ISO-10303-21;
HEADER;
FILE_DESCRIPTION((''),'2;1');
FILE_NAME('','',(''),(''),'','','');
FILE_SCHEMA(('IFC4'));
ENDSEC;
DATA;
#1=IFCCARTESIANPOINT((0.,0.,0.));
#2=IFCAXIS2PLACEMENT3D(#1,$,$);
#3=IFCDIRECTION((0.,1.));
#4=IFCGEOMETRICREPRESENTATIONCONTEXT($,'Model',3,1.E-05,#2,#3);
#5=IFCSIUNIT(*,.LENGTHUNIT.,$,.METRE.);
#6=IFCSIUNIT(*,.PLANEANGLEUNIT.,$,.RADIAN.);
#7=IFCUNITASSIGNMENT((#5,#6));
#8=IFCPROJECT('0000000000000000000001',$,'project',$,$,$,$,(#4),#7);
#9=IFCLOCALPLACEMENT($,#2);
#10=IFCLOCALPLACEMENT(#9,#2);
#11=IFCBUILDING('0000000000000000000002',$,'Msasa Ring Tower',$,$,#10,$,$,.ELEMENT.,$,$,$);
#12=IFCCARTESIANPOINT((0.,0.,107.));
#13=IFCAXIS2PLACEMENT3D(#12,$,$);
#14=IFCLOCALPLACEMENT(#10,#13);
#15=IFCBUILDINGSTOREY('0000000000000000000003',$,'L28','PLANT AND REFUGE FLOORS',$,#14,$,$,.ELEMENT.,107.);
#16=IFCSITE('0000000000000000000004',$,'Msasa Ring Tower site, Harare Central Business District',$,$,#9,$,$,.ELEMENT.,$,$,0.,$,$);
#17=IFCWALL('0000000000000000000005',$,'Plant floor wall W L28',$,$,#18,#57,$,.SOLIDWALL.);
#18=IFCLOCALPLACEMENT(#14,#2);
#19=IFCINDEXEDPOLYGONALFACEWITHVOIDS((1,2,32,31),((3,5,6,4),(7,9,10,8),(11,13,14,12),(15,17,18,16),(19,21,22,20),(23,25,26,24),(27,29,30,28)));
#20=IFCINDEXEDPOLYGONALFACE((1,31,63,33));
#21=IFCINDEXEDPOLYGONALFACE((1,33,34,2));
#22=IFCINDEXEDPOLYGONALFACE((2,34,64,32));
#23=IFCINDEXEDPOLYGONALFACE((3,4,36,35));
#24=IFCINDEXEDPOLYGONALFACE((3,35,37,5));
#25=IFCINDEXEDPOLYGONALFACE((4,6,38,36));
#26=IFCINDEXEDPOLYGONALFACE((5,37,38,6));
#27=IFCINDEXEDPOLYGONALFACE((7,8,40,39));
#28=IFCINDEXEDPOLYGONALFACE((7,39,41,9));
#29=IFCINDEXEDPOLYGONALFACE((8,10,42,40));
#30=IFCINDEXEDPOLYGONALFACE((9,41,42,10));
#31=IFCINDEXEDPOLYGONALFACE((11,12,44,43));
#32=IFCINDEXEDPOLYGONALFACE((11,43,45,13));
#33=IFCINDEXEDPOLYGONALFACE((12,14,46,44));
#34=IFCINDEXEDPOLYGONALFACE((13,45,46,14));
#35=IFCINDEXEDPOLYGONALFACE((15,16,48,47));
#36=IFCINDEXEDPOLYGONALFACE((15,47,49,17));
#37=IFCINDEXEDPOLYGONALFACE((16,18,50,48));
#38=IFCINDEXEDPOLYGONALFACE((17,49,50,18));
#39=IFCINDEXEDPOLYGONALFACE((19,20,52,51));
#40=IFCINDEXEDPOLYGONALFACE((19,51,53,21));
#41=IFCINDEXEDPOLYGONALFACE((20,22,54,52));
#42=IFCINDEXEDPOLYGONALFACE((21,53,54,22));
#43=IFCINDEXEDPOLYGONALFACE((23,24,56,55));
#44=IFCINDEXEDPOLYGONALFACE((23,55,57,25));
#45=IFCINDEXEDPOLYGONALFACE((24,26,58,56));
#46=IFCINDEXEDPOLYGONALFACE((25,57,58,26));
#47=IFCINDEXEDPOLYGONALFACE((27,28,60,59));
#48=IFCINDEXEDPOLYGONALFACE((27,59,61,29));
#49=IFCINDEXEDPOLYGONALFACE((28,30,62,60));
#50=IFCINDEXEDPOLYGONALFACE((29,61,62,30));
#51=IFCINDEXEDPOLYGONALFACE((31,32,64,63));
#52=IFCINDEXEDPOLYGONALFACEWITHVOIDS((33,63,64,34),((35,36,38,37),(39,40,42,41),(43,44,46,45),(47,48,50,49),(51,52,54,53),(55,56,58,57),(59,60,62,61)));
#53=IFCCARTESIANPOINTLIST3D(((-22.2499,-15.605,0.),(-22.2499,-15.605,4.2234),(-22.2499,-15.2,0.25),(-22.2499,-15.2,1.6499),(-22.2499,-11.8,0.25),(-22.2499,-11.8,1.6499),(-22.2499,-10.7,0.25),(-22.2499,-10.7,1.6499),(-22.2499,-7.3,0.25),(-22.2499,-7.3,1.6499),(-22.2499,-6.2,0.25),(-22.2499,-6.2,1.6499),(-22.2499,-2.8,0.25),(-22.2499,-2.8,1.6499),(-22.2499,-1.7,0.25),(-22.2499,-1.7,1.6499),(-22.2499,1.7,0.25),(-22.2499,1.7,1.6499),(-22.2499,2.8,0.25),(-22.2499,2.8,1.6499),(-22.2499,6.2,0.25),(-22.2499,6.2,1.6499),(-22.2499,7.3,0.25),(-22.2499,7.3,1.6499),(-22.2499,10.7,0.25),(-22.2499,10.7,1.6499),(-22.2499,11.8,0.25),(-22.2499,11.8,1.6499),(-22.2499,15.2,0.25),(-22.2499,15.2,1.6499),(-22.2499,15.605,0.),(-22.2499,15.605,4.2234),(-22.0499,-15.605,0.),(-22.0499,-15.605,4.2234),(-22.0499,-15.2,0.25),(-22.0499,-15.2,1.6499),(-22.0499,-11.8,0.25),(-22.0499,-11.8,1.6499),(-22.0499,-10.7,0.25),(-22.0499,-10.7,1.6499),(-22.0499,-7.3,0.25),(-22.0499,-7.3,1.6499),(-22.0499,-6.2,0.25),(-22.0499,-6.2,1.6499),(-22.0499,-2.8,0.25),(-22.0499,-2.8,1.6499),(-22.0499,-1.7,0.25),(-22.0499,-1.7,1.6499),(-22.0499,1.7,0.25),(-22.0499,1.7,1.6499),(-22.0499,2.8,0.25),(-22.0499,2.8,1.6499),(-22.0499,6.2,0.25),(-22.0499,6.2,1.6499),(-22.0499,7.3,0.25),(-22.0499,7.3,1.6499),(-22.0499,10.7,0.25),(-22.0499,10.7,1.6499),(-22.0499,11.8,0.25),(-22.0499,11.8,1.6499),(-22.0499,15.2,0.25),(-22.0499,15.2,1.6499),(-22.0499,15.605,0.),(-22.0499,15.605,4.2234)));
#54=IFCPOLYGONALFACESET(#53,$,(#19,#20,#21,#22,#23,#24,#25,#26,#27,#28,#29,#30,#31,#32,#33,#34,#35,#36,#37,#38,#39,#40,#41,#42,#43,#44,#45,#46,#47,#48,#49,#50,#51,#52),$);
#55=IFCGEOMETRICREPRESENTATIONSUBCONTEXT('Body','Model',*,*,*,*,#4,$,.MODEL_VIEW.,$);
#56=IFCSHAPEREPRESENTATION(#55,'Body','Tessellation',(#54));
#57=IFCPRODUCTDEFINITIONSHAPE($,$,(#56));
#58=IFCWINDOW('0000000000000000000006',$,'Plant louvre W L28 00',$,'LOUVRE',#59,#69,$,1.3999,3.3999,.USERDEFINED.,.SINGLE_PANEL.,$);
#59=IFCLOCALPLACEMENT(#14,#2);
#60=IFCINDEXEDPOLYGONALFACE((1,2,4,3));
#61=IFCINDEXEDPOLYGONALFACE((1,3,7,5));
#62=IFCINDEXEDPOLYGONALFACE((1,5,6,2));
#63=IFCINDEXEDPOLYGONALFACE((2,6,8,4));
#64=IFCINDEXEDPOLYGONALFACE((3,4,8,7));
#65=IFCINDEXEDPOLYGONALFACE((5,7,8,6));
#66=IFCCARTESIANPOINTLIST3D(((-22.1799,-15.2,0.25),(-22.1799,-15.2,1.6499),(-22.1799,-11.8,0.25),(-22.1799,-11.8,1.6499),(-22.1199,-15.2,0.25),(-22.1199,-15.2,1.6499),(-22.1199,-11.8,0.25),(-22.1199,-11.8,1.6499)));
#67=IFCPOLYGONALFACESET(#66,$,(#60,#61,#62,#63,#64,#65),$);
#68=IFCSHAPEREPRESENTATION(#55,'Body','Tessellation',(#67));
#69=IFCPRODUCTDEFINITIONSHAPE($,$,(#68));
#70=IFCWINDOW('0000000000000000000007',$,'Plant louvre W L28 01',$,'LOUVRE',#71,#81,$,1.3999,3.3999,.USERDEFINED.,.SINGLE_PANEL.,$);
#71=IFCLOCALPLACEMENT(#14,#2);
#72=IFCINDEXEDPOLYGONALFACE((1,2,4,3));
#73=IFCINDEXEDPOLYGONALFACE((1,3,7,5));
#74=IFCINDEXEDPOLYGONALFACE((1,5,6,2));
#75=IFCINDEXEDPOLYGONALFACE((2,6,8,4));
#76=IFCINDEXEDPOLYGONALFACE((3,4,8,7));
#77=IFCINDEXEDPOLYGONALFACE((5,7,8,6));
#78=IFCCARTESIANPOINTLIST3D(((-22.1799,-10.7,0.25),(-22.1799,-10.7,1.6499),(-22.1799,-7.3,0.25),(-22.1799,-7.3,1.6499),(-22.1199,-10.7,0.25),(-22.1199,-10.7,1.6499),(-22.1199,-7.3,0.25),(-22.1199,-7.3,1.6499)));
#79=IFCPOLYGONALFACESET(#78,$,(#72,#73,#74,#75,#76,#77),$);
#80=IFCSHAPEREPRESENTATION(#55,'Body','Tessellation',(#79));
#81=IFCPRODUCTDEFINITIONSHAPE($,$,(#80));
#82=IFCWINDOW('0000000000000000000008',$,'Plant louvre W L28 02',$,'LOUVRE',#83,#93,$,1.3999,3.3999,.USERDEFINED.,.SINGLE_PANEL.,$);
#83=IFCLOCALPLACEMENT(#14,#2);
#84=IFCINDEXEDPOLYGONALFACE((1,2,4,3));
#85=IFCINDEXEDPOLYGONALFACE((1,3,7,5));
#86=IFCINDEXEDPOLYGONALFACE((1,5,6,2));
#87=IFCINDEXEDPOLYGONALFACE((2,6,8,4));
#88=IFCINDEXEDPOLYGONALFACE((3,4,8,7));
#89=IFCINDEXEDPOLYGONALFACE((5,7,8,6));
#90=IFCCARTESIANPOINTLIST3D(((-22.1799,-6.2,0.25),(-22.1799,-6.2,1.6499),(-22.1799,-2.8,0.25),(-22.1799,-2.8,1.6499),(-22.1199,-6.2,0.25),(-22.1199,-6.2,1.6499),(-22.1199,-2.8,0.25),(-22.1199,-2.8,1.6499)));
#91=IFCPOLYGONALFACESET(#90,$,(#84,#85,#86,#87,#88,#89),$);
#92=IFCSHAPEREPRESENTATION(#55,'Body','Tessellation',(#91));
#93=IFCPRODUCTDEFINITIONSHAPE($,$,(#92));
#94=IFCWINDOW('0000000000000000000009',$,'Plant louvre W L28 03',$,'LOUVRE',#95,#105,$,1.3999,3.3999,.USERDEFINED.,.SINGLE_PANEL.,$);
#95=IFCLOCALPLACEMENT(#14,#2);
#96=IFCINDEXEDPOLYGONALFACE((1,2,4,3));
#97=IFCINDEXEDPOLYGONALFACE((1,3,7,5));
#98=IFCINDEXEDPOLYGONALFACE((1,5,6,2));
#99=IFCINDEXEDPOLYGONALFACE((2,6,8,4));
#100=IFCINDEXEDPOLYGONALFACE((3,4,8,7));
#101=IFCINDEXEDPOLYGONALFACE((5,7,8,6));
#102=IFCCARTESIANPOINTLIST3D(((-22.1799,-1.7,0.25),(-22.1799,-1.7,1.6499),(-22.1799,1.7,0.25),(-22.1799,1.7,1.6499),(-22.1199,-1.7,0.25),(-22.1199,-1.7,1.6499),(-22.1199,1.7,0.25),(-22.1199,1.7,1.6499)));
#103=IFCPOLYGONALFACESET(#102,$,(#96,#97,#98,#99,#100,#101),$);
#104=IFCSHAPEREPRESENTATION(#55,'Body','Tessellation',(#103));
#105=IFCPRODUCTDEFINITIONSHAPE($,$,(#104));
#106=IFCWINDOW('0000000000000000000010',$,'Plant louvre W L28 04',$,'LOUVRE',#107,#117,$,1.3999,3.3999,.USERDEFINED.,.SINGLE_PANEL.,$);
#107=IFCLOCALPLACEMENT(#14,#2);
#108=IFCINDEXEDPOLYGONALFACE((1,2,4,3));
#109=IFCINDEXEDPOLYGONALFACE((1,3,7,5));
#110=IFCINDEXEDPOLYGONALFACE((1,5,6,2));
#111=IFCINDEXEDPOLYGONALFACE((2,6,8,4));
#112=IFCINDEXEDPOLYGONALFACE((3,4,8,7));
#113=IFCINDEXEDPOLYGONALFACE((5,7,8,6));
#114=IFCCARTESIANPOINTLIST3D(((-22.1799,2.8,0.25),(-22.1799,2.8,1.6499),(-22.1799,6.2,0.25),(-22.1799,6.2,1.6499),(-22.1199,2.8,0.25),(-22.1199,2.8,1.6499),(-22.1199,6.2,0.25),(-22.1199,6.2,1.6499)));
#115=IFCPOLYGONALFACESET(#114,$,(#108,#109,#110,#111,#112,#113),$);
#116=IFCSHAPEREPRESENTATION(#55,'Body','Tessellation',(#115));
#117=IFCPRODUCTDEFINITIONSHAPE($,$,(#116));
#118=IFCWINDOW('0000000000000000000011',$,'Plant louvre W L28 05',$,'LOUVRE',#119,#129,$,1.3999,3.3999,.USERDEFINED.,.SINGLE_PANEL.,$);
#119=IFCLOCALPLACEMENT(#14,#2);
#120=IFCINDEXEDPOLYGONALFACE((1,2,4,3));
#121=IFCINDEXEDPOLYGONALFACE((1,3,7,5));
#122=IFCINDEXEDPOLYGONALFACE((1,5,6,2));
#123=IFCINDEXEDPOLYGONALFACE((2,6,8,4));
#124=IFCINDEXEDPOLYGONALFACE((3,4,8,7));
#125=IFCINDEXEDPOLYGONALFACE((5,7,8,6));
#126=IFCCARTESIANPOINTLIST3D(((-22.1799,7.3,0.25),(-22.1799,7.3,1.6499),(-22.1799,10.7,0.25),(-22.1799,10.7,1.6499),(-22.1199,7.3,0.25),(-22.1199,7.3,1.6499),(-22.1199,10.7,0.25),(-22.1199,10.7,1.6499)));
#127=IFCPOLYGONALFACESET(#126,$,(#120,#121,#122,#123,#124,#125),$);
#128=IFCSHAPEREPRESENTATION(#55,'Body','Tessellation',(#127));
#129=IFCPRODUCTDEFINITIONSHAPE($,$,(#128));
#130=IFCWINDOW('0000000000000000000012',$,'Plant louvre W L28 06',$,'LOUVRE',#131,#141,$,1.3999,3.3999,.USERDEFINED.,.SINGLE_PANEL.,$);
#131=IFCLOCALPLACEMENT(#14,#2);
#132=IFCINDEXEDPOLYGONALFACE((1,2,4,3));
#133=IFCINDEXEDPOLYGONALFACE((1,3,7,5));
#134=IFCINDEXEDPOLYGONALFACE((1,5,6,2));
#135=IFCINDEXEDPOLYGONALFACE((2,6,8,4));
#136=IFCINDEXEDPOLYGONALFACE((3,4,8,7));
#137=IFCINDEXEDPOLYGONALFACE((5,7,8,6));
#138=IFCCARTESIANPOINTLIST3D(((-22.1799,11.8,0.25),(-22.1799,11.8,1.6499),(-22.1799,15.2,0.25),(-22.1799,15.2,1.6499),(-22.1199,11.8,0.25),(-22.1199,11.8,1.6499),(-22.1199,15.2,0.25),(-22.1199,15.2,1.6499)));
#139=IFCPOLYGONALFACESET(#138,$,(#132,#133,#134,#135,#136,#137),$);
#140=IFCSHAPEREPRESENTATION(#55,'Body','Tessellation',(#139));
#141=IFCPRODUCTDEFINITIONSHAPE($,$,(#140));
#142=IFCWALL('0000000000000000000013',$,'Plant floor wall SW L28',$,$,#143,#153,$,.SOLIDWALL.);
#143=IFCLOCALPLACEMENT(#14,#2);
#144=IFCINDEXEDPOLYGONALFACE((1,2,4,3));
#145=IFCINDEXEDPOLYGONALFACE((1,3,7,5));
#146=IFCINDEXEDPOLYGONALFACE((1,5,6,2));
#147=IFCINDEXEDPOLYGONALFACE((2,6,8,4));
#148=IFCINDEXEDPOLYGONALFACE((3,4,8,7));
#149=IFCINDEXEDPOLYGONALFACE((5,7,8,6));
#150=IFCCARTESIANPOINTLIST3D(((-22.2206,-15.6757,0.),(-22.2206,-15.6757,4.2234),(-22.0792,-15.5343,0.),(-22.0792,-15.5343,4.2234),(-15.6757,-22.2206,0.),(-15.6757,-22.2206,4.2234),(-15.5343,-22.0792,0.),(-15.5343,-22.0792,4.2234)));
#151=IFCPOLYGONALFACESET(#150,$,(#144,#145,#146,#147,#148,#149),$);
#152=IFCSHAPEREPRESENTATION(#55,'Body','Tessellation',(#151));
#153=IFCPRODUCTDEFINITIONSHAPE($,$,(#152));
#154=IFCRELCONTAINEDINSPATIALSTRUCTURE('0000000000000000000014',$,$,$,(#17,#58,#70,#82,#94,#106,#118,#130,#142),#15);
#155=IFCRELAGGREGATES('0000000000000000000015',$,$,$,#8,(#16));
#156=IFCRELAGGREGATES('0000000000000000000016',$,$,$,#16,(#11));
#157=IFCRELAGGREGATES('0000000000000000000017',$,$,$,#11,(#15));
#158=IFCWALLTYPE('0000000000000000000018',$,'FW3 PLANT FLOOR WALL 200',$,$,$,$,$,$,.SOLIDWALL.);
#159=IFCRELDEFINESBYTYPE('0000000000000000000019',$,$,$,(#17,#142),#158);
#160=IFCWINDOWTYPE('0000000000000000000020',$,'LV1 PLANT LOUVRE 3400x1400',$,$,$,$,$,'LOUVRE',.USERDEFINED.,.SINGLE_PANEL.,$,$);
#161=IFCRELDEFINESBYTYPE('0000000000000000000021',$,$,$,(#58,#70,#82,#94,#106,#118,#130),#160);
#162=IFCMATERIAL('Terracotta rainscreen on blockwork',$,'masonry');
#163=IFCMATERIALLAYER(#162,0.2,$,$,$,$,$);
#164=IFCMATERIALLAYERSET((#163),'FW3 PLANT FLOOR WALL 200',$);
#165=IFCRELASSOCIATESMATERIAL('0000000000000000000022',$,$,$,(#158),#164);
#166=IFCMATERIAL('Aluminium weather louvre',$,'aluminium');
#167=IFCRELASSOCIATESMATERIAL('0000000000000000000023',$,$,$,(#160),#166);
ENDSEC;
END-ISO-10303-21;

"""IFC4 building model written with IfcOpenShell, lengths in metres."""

from ifc_helpers import new_model, si_unit, direction, frame, frame_2d, origin, place, context, subcontext, project, spatial, rectangle, extrude, material, layer, layer_set, type_object, element, fill, save


model = new_model("IFC4")

# Units and contexts
model_context = context("Model", 3, precision=1e-05, world=origin(), true_north=direction((0.0, 1.0)))
body_context = subcontext(model_context, "Body", "Model", "MODEL_VIEW")
ifc_project = project(units=[si_unit("LENGTHUNIT", "METRE"), si_unit("PLANEANGLEUNIT", "RADIAN")], contexts=[model_context])

# Site, building, storey
site_placement = place(None, origin())
site = spatial("IfcSite", under=ifc_project, at=site_placement, Name="Msasa Ring Tower site, Harare Central Business District", CompositionType="ELEMENT", RefElevation=0.0)
building_placement = place(site_placement, origin())
building = spatial("IfcBuilding", under=site, at=building_placement, Name="Msasa Ring Tower", CompositionType="ELEMENT")
storey_placement = place(building_placement, frame((0.0, 0.0, 107.0)))
storey = spatial("IfcBuildingStorey", under=building, at=storey_placement, Name="L28", Description="PLANT AND REFUGE FLOORS", CompositionType="ELEMENT", Elevation=107.0)

# Wall, openings, windows
ifc_material_1 = material(Name="Terracotta rainscreen on blockwork", Category="masonry")
ifc_layer = layer(ifc_material_1, 0.2)
ifc_layer_set = layer_set([ifc_layer], Name="FW3 PLANT FLOOR WALL 200")
wall_type = type_object("IfcWallType", Name="FW3 PLANT FLOOR WALL 200", PredefinedType="SOLIDWALL", material=ifc_layer_set)
wall_1_placement = place(storey_placement, frame((-22.1499, -15.605, 0.0), z_axis=(0.0, 0.0, 1.0), x_axis=(0.0, 1.0, 0.0)))
wall_1 = element("IfcWall", 1, at=wall_1_placement, inside=storey, type_object=wall_type, Name="Plant floor wall W L28", PredefinedType="SOLIDWALL", context=body_context, shape_type="SweptSolid", body=[
    extrude(rectangle(XDim=31.21, YDim=0.2, at=frame_2d((15.605, 0.0))), origin(), (0.0, 0.0, 1.0), 4.2234),
])
opening_1_placement = place(wall_1_placement, frame((0.405, 0.0, 0.25)))
opening_1 = element("IfcOpeningElement", 2, at=opening_1_placement, cuts=wall_1, PredefinedType="OPENING", context=body_context, shape_type="SweptSolid", body=[
    extrude(rectangle(XDim=3.3999, YDim=1.3999, at=frame_2d((1.7, 0.7))), frame((0.0, 0.1099, 0.0), z_axis=(0.0, -1.0, 0.0), x_axis=(1.0, 0.0, 0.0)), (0.0, 0.0, 1.0), 0.22),
])
opening_2_placement = place(wall_1_placement, frame((4.905, 0.0, 0.25)))
opening_2 = element("IfcOpeningElement", 3, at=opening_2_placement, cuts=wall_1, PredefinedType="OPENING", context=body_context, shape_type="SweptSolid", body=[
    extrude(rectangle(XDim=3.3999, YDim=1.3999, at=frame_2d((1.7, 0.7))), frame((0.0, 0.1099, 0.0), z_axis=(0.0, -1.0, 0.0), x_axis=(1.0, 0.0, 0.0)), (0.0, 0.0, 1.0), 0.22),
])
opening_3_placement = place(wall_1_placement, frame((9.405, 0.0, 0.25)))
opening_3 = element("IfcOpeningElement", 4, at=opening_3_placement, cuts=wall_1, PredefinedType="OPENING", context=body_context, shape_type="SweptSolid", body=[
    extrude(rectangle(XDim=3.3999, YDim=1.3999, at=frame_2d((1.7, 0.7))), frame((0.0, 0.1099, 0.0), z_axis=(0.0, -1.0, 0.0), x_axis=(1.0, 0.0, 0.0)), (0.0, 0.0, 1.0), 0.22),
])
opening_4_placement = place(wall_1_placement, frame((13.905, 0.0, 0.25)))
opening_4 = element("IfcOpeningElement", 5, at=opening_4_placement, cuts=wall_1, PredefinedType="OPENING", context=body_context, shape_type="SweptSolid", body=[
    extrude(rectangle(XDim=3.3999, YDim=1.3999, at=frame_2d((1.7, 0.7))), frame((0.0, 0.1099, 0.0), z_axis=(0.0, -1.0, 0.0), x_axis=(1.0, 0.0, 0.0)), (0.0, 0.0, 1.0), 0.22),
])
opening_5_placement = place(wall_1_placement, frame((18.405, 0.0, 0.25)))
opening_5 = element("IfcOpeningElement", 6, at=opening_5_placement, cuts=wall_1, PredefinedType="OPENING", context=body_context, shape_type="SweptSolid", body=[
    extrude(rectangle(XDim=3.3999, YDim=1.3999, at=frame_2d((1.7, 0.7))), frame((0.0, 0.1099, 0.0), z_axis=(0.0, -1.0, 0.0), x_axis=(1.0, 0.0, 0.0)), (0.0, 0.0, 1.0), 0.22),
])
opening_6_placement = place(wall_1_placement, frame((22.905, 0.0, 0.25)))
opening_6 = element("IfcOpeningElement", 7, at=opening_6_placement, cuts=wall_1, PredefinedType="OPENING", context=body_context, shape_type="SweptSolid", body=[
    extrude(rectangle(XDim=3.3999, YDim=1.3999, at=frame_2d((1.7, 0.7))), frame((0.0, 0.1099, 0.0), z_axis=(0.0, -1.0, 0.0), x_axis=(1.0, 0.0, 0.0)), (0.0, 0.0, 1.0), 0.22),
])
opening_7_placement = place(wall_1_placement, frame((27.405, 0.0, 0.25)))
opening_7 = element("IfcOpeningElement", 8, at=opening_7_placement, cuts=wall_1, PredefinedType="OPENING", context=body_context, shape_type="SweptSolid", body=[
    extrude(rectangle(XDim=3.3999, YDim=1.3999, at=frame_2d((1.7, 0.7))), frame((0.0, 0.1099, 0.0), z_axis=(0.0, -1.0, 0.0), x_axis=(1.0, 0.0, 0.0)), (0.0, 0.0, 1.0), 0.22),
])
ifc_material_2 = material(Name="Aluminium weather louvre", Category="aluminium")
window_type = type_object("IfcWindowType", Name="LV1 PLANT LOUVRE 3400x1400", ElementType="LOUVRE", PartitioningType="SINGLE_PANEL", PredefinedType="USERDEFINED", material=ifc_material_2)
window_1_placement = place(opening_1_placement, origin())
window_1 = element("IfcWindow", 9, at=window_1_placement, inside=storey, type_object=window_type, Name="Plant louvre W L28 00", ObjectType="LOUVRE", OverallHeight=1.3999, OverallWidth=3.3999, PartitioningType="SINGLE_PANEL", PredefinedType="USERDEFINED", context=body_context, shape_type="SweptSolid", body=[
    extrude(rectangle(XDim=3.3999, YDim=1.3999, at=frame_2d((1.7, 0.7))), frame((0.0, 0.03, 0.0), z_axis=(0.0, -1.0, 0.0), x_axis=(1.0, 0.0, 0.0)), (0.0, 0.0, 1.0), 0.0601),
])
fill(opening_1, window_1)
window_2_placement = place(opening_2_placement, origin())
window_2 = element("IfcWindow", 10, at=window_2_placement, inside=storey, type_object=window_type, Name="Plant louvre W L28 01", ObjectType="LOUVRE", OverallHeight=1.3999, OverallWidth=3.3999, PartitioningType="SINGLE_PANEL", PredefinedType="USERDEFINED", context=body_context, shape_type="SweptSolid", body=[
    extrude(rectangle(XDim=3.3999, YDim=1.3999, at=frame_2d((1.7, 0.7))), frame((0.0, 0.03, 0.0), z_axis=(0.0, -1.0, 0.0), x_axis=(1.0, 0.0, 0.0)), (0.0, 0.0, 1.0), 0.0601),
])
fill(opening_2, window_2)
window_3_placement = place(opening_3_placement, origin())
window_3 = element("IfcWindow", 11, at=window_3_placement, inside=storey, type_object=window_type, Name="Plant louvre W L28 02", ObjectType="LOUVRE", OverallHeight=1.3999, OverallWidth=3.3999, PartitioningType="SINGLE_PANEL", PredefinedType="USERDEFINED", context=body_context, shape_type="SweptSolid", body=[
    extrude(rectangle(XDim=3.3999, YDim=1.3999, at=frame_2d((1.7, 0.7))), frame((0.0, 0.03, 0.0), z_axis=(0.0, -1.0, 0.0), x_axis=(1.0, 0.0, 0.0)), (0.0, 0.0, 1.0), 0.0601),
])
fill(opening_3, window_3)
window_4_placement = place(opening_4_placement, origin())
window_4 = element("IfcWindow", 12, at=window_4_placement, inside=storey, type_object=window_type, Name="Plant louvre W L28 03", ObjectType="LOUVRE", OverallHeight=1.3999, OverallWidth=3.3999, PartitioningType="SINGLE_PANEL", PredefinedType="USERDEFINED", context=body_context, shape_type="SweptSolid", body=[
    extrude(rectangle(XDim=3.3999, YDim=1.3999, at=frame_2d((1.7, 0.7))), frame((0.0, 0.03, 0.0), z_axis=(0.0, -1.0, 0.0), x_axis=(1.0, 0.0, 0.0)), (0.0, 0.0, 1.0), 0.0601),
])
fill(opening_4, window_4)
window_5_placement = place(opening_5_placement, origin())
window_5 = element("IfcWindow", 13, at=window_5_placement, inside=storey, type_object=window_type, Name="Plant louvre W L28 04", ObjectType="LOUVRE", OverallHeight=1.3999, OverallWidth=3.3999, PartitioningType="SINGLE_PANEL", PredefinedType="USERDEFINED", context=body_context, shape_type="SweptSolid", body=[
    extrude(rectangle(XDim=3.3999, YDim=1.3999, at=frame_2d((1.7, 0.7))), frame((0.0, 0.03, 0.0), z_axis=(0.0, -1.0, 0.0), x_axis=(1.0, 0.0, 0.0)), (0.0, 0.0, 1.0), 0.0601),
])
fill(opening_5, window_5)
window_6_placement = place(opening_6_placement, origin())
window_6 = element("IfcWindow", 14, at=window_6_placement, inside=storey, type_object=window_type, Name="Plant louvre W L28 05", ObjectType="LOUVRE", OverallHeight=1.3999, OverallWidth=3.3999, PartitioningType="SINGLE_PANEL", PredefinedType="USERDEFINED", context=body_context, shape_type="SweptSolid", body=[
    extrude(rectangle(XDim=3.3999, YDim=1.3999, at=frame_2d((1.7, 0.7))), frame((0.0, 0.03, 0.0), z_axis=(0.0, -1.0, 0.0), x_axis=(1.0, 0.0, 0.0)), (0.0, 0.0, 1.0), 0.0601),
])
fill(opening_6, window_6)
window_7_placement = place(opening_7_placement, origin())
window_7 = element("IfcWindow", 15, at=window_7_placement, inside=storey, type_object=window_type, Name="Plant louvre W L28 06", ObjectType="LOUVRE", OverallHeight=1.3999, OverallWidth=3.3999, PartitioningType="SINGLE_PANEL", PredefinedType="USERDEFINED", context=body_context, shape_type="SweptSolid", body=[
    extrude(rectangle(XDim=3.3999, YDim=1.3999, at=frame_2d((1.7, 0.7))), frame((0.0, 0.03, 0.0), z_axis=(0.0, -1.0, 0.0), x_axis=(1.0, 0.0, 0.0)), (0.0, 0.0, 1.0), 0.0601),
])
fill(opening_7, window_7)

# Wall
wall_2_placement = place(storey_placement, frame((-22.1499, -15.605, 0.0), z_axis=(0.0, 0.0, 1.0), x_axis=(0.707107, -0.707107, 0.0)))
element("IfcWall", 16, at=wall_2_placement, inside=storey, type_object=wall_type, Name="Plant floor wall SW L28", PredefinedType="SOLIDWALL", context=body_context, shape_type="SweptSolid", body=[
    extrude(rectangle(XDim=9.2559, YDim=0.2, at=frame_2d((4.6279, 0.0))), origin(), (0.0, 0.0, 1.0), 4.2234),
])

save(model, "model.ifc")
